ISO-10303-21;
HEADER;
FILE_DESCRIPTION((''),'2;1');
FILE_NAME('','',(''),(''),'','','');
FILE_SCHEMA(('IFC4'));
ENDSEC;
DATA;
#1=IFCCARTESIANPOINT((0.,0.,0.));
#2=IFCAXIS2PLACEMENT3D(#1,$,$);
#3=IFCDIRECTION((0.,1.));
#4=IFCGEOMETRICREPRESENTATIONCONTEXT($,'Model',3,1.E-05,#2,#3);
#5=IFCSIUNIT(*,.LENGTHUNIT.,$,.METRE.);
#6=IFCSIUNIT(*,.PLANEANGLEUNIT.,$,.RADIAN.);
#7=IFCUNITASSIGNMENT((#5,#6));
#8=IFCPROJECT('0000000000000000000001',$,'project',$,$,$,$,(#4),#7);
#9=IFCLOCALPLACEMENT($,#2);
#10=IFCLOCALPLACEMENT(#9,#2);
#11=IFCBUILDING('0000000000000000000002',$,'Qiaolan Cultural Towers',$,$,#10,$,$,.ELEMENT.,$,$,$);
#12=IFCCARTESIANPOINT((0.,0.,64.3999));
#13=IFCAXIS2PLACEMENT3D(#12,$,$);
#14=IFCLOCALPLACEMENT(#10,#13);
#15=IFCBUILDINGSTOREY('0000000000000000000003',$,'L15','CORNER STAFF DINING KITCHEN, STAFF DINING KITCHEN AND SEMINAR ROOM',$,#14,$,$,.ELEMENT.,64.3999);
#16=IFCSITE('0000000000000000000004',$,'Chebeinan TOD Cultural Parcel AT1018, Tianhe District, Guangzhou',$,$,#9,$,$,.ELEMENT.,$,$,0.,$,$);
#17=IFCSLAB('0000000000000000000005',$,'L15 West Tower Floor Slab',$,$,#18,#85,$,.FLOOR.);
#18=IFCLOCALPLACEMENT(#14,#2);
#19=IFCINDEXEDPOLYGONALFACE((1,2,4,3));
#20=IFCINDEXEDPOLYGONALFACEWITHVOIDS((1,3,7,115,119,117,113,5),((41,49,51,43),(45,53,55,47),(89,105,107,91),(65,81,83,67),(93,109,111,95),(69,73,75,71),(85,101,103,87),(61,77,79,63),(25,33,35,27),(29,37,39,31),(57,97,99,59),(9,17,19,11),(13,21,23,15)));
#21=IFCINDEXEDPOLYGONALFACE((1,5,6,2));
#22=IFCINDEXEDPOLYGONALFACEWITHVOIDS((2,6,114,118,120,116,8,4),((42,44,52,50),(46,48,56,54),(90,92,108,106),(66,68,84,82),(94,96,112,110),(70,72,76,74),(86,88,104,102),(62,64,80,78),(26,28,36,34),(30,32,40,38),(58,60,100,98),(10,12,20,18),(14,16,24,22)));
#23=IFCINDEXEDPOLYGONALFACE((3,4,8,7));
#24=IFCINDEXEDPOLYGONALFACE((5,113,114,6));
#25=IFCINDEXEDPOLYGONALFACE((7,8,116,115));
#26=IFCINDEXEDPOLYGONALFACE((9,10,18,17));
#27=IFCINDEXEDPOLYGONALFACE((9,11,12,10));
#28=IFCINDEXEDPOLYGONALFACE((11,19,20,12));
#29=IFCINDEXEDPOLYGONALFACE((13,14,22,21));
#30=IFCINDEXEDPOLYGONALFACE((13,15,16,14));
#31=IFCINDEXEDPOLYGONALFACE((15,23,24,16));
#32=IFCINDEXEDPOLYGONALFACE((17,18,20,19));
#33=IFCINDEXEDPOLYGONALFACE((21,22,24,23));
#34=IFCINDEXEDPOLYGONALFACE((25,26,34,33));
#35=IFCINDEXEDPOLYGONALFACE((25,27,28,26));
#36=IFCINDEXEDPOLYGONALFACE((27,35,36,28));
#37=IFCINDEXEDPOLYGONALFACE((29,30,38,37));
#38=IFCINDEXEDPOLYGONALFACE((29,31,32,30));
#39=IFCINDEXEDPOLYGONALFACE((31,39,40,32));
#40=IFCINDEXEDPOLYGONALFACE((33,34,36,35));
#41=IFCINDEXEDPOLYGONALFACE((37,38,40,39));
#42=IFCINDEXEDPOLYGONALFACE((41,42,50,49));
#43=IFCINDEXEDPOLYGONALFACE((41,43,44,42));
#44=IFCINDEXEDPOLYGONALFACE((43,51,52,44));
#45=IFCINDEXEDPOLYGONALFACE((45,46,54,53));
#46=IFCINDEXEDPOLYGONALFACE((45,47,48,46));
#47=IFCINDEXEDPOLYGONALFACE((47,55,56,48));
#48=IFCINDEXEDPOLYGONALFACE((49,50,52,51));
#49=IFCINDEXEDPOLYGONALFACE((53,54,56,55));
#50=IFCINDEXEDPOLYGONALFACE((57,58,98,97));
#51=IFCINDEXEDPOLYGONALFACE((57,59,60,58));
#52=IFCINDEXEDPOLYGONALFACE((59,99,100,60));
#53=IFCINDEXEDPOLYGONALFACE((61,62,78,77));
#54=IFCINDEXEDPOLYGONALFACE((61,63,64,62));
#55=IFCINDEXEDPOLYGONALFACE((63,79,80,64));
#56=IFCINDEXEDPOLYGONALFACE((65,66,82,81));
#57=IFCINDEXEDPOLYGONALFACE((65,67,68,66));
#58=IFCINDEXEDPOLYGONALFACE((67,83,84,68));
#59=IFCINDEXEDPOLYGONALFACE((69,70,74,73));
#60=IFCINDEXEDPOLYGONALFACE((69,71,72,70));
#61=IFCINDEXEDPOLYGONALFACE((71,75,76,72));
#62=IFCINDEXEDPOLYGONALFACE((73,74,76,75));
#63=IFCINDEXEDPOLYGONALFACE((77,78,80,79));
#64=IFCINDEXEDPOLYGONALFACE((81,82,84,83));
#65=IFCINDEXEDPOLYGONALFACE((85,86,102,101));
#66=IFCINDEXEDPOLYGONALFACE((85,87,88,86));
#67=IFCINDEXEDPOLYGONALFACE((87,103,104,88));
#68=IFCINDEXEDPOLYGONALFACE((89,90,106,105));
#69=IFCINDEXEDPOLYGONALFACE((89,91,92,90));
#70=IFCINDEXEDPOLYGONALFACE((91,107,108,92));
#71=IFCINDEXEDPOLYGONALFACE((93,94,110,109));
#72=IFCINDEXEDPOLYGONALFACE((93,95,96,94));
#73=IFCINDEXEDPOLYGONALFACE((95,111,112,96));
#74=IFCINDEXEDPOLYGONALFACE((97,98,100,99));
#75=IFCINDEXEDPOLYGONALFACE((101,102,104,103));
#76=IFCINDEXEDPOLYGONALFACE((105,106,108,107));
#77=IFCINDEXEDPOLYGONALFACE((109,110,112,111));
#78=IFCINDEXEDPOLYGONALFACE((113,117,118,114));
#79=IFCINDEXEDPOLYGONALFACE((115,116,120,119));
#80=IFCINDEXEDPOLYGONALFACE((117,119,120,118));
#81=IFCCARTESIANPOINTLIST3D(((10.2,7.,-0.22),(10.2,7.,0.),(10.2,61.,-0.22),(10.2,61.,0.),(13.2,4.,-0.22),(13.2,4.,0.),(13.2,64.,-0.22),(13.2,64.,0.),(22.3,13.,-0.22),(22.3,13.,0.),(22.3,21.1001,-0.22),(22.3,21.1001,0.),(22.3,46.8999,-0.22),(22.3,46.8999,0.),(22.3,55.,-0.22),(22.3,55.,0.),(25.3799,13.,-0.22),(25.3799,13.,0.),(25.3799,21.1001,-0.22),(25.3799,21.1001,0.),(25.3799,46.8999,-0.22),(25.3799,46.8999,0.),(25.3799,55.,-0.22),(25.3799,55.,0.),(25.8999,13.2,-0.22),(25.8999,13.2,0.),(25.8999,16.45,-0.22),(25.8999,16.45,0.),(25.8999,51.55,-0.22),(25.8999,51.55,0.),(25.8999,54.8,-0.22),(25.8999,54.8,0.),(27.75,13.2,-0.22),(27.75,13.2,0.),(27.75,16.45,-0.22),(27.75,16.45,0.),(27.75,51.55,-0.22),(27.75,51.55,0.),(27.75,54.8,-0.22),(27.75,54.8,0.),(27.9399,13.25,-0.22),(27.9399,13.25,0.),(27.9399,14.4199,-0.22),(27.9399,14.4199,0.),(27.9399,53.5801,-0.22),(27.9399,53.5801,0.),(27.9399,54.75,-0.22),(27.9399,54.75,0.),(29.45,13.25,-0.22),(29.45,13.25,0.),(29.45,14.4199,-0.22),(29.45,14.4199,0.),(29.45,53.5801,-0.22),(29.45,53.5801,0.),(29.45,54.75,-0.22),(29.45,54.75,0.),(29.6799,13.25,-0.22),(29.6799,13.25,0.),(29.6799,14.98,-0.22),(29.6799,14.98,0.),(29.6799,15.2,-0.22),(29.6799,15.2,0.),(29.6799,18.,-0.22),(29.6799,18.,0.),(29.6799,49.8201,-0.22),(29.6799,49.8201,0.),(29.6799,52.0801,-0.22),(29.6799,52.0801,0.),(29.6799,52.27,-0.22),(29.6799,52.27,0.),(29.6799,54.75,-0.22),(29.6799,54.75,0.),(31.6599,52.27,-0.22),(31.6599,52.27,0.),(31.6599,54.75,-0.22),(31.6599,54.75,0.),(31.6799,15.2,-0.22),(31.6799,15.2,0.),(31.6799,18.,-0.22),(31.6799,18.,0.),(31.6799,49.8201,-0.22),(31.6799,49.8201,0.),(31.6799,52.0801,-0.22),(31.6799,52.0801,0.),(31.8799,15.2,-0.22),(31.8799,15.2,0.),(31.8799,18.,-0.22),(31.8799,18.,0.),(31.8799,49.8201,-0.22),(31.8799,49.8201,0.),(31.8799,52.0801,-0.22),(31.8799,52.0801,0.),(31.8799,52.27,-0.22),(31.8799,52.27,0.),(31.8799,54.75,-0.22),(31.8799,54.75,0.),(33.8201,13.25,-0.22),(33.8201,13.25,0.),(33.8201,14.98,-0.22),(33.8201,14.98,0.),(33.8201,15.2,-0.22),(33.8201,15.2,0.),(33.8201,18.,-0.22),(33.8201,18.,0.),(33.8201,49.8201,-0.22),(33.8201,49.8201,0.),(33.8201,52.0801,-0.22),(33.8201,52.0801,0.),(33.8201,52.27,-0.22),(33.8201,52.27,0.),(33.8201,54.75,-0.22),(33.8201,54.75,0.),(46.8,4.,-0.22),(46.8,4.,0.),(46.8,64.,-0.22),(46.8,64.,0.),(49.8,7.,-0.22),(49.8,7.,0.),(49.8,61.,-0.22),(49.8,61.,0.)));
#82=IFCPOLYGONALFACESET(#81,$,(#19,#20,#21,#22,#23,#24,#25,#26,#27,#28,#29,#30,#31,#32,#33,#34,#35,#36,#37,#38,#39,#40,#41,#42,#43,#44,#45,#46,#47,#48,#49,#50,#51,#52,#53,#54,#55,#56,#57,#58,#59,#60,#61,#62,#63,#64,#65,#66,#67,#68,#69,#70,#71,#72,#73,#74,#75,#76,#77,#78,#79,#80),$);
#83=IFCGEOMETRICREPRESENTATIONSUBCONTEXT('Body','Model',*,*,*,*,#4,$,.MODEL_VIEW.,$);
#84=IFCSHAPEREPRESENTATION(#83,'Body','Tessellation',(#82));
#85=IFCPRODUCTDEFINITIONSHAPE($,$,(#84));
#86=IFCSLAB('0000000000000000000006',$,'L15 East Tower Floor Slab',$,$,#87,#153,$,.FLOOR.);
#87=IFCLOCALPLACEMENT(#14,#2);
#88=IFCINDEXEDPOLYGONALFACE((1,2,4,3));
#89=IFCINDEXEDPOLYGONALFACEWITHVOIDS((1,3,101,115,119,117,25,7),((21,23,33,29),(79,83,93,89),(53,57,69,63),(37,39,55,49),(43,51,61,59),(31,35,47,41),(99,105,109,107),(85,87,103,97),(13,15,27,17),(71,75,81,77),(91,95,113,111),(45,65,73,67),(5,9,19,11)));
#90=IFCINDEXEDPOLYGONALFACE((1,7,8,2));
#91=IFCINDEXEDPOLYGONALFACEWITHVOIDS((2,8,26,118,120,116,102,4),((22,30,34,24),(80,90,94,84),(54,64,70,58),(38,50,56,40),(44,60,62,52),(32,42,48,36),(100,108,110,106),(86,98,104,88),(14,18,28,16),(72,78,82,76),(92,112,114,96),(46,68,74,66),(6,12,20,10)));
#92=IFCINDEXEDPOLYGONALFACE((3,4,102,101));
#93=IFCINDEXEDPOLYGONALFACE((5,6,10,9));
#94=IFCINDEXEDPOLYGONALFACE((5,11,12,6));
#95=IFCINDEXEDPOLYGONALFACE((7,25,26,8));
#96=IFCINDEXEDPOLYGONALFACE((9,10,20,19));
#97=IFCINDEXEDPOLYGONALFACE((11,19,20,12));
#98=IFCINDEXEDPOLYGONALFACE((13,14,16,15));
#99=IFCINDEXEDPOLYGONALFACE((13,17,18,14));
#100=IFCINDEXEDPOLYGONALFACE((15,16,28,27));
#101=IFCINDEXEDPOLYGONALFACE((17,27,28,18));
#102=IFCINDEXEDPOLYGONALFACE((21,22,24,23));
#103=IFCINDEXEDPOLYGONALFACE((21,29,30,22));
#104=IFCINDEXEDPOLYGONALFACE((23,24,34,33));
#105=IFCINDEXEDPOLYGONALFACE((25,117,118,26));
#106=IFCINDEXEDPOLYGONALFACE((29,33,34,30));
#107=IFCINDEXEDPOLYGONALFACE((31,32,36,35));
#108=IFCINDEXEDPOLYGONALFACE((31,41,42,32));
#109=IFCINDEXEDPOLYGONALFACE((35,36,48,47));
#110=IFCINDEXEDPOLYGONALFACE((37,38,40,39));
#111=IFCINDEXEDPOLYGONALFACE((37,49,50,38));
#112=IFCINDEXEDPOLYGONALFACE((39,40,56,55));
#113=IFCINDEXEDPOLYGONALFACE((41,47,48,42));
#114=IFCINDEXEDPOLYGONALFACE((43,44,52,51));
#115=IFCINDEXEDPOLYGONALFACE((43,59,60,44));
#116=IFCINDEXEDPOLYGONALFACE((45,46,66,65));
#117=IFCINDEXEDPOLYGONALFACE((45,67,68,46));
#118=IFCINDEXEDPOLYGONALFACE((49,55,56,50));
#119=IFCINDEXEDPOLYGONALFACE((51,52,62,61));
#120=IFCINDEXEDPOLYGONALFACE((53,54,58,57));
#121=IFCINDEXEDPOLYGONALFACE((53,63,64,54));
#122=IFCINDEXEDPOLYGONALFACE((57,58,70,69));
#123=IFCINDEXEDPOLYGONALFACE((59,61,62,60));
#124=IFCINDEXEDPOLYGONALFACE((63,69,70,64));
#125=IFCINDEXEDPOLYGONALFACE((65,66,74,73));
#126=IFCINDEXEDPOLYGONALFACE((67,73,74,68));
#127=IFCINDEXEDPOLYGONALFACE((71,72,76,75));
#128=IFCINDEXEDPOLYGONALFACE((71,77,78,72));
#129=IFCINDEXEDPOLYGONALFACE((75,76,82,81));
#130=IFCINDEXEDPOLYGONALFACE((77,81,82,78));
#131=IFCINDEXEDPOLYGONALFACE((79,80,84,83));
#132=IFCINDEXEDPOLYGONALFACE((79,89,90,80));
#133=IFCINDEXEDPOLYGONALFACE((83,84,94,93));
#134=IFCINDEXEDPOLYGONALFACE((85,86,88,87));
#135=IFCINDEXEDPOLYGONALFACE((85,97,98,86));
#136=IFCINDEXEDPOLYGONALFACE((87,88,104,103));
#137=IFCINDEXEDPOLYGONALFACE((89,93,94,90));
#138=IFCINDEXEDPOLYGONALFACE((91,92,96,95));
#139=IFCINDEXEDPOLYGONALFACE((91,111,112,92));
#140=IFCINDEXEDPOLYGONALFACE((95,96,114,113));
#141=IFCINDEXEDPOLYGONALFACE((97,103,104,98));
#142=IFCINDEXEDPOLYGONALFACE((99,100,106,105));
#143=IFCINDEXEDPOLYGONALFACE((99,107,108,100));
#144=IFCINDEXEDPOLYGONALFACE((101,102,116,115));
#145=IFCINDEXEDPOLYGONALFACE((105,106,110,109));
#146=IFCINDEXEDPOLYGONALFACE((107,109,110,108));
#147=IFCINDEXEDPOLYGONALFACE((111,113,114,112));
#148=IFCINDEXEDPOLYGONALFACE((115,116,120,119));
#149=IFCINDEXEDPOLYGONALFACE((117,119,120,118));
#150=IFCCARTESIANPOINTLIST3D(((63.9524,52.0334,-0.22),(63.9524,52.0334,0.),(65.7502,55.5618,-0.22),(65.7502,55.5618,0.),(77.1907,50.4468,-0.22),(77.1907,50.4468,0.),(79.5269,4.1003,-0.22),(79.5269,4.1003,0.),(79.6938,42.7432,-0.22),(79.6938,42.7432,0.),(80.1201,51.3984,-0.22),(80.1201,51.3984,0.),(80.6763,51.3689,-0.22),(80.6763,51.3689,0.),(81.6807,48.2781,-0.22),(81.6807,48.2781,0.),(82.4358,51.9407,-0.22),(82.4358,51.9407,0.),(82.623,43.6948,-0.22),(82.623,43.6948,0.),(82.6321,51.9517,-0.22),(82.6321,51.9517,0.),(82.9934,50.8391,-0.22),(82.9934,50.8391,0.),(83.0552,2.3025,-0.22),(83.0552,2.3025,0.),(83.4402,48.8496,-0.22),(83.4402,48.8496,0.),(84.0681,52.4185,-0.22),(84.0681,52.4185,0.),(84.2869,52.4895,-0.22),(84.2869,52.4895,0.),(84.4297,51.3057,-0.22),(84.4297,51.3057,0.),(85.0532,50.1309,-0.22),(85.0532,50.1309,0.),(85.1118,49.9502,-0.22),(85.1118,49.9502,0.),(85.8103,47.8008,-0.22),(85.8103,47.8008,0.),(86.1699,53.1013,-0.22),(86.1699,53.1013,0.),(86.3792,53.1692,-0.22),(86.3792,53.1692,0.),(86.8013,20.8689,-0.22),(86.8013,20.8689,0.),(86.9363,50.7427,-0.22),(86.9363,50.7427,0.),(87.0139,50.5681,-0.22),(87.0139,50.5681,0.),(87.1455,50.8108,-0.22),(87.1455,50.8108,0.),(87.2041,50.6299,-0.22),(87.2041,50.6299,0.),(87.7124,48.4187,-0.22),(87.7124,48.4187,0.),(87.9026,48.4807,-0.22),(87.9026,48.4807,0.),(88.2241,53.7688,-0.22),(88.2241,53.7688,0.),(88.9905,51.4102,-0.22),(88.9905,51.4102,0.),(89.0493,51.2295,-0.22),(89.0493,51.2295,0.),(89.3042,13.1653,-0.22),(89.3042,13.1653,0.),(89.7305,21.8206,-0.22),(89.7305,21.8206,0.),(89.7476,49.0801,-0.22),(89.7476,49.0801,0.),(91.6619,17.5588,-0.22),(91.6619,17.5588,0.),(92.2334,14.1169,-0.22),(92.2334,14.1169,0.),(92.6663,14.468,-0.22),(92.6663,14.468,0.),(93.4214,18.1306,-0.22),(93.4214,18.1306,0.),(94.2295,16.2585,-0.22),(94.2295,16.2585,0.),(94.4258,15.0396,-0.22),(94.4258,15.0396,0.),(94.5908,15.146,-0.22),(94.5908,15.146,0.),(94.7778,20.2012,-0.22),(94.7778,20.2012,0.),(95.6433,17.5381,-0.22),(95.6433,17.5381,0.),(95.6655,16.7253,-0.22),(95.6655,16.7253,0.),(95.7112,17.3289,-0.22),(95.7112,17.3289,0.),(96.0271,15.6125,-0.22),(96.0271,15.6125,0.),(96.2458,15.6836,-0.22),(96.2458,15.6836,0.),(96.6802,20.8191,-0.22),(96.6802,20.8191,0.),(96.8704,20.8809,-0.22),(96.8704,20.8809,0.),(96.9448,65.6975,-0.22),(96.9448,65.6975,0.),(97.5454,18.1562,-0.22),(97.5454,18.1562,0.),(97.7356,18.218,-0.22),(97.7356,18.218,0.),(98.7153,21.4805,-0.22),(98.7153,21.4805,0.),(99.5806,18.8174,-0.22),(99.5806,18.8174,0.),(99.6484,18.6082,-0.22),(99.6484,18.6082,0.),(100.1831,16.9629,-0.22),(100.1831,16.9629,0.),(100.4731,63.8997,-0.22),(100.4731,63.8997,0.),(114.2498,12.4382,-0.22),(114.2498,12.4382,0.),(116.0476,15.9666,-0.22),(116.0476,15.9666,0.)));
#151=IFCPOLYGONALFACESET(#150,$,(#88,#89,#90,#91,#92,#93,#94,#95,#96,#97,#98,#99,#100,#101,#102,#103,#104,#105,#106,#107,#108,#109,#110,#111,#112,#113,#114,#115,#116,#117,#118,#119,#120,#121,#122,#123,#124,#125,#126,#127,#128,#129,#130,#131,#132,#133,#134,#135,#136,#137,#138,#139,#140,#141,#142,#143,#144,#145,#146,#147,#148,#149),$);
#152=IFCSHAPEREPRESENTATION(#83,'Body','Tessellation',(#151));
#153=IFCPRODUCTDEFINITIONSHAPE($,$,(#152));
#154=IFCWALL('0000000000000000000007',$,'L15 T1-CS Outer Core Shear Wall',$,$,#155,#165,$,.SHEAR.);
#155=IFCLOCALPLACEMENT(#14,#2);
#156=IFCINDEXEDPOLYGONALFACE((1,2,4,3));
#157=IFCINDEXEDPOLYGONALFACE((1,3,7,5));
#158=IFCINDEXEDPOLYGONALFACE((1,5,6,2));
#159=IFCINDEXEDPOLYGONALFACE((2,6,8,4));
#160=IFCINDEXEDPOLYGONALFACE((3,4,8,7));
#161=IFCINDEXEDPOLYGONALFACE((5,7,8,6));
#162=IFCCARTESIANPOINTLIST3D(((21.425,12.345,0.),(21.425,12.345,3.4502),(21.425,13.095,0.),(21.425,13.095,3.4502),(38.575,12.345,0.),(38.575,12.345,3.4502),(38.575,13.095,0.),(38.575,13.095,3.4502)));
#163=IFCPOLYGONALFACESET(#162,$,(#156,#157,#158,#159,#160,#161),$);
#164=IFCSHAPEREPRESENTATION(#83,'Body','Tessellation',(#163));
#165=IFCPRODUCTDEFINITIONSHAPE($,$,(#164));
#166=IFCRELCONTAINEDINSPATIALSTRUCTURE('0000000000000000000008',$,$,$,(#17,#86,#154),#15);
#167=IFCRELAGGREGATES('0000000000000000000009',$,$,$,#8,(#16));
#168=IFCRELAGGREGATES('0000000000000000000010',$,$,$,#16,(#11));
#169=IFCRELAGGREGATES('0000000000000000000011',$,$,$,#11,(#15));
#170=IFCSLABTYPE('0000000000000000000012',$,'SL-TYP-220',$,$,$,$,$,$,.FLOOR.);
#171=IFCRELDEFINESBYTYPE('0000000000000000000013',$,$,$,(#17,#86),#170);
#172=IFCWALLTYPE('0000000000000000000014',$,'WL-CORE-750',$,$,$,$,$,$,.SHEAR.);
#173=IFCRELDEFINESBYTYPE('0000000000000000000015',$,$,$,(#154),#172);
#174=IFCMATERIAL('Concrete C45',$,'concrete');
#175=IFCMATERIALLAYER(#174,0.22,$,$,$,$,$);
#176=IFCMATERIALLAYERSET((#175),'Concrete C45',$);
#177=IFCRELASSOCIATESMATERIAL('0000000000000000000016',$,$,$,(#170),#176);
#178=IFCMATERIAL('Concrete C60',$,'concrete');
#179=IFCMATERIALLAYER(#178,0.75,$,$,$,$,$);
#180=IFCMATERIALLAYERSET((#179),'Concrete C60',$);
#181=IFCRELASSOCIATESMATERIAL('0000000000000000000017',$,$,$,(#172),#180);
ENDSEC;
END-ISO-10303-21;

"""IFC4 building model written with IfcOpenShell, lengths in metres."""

from ifc_helpers import new_model, si_unit, direction, frame, frame_2d, origin, place, context, subcontext, project, spatial, polyline, rectangle, outline, extrude, material, layer, layer_set, type_object, element, save


model = new_model("IFC4")

# Units and contexts
model_context = context("Model", 3, precision=1e-05, world=origin(), true_north=direction((0.0, 1.0)))
body_context = subcontext(model_context, "Body", "Model", "MODEL_VIEW")
ifc_project = project(units=[si_unit("LENGTHUNIT", "METRE"), si_unit("PLANEANGLEUNIT", "RADIAN")], contexts=[model_context])

# Site, building, storey
site_placement = place(None, origin())
site = spatial("IfcSite", under=ifc_project, at=site_placement, Name="Chebeinan TOD Cultural Parcel AT1018, Tianhe District, Guangzhou", CompositionType="ELEMENT", RefElevation=0.0)
building_placement = place(site_placement, origin())
building = spatial("IfcBuilding", under=site, at=building_placement, Name="Qiaolan Cultural Towers", CompositionType="ELEMENT")
storey_placement = place(building_placement, frame((0.0, 0.0, 64.3999)))
storey = spatial("IfcBuildingStorey", under=building, at=storey_placement, Name="L15", Description="CORNER STAFF DINING KITCHEN, STAFF DINING KITCHEN AND SEMINAR ROOM", CompositionType="ELEMENT", Elevation=64.3999)

# Slabs
ifc_material_1 = material(Name="Concrete C45", Category="concrete")
ifc_layer_1 = layer(ifc_material_1, 0.22)
ifc_layer_set_1 = layer_set([ifc_layer_1], Name="Concrete C45")
slab_type_1 = type_object("IfcSlabType", Name="SL-TYP-220", PredefinedType="FLOOR", material=ifc_layer_set_1)
slab_1_placement = place(storey_placement, frame((0.0, 0.0, -0.22)))
element("IfcSlab", 1, at=slab_1_placement, inside=storey, type_object=slab_type_1, Name="L15 West Tower Floor Slab", PredefinedType="FLOOR", context=body_context, shape_type="SweptSolid", body=[
    extrude(outline(polyline([(13.2, 4.0), (46.8, 4.0), (49.8, 7.0), (49.8, 61.0), (46.8, 64.0), (13.2, 64.0), (10.2, 61.0), (10.2, 7.0), (13.2, 4.0)]), holes=[polyline([(22.3, 21.1001), (22.3, 13.0), (25.3799, 13.0), (25.3799, 21.1001), (22.3, 21.1001)]), polyline([(25.3799, 46.8999), (25.3799, 55.0), (22.3, 55.0), (22.3, 46.8999), (25.3799, 46.8999)]), polyline([(25.8999, 13.2), (27.75, 13.2), (27.75, 16.45), (25.8999, 16.45), (25.8999, 13.2)]), polyline([(27.9399, 13.25), (29.45, 13.25), (29.45, 14.4199), (27.9399, 14.4199), (27.9399, 13.25)]), polyline([(29.6799, 15.2), (31.6799, 15.2), (31.6799, 18.0), (29.6799, 18.0), (29.6799, 15.2)]), polyline([(31.8799, 15.2), (33.8201, 15.2), (33.8201, 18.0), (31.8799, 18.0), (31.8799, 15.2)]), polyline([(29.6799, 13.25), (33.8201, 13.25), (33.8201, 14.98), (29.6799, 14.98), (29.6799, 13.25)]), polyline([(25.8999, 51.55), (27.75, 51.55), (27.75, 54.8), (25.8999, 54.8), (25.8999, 51.55)]), polyline([(27.9399, 53.5801), (29.45, 53.5801), (29.45, 54.75), (27.9399, 54.75), (27.9399, 53.5801)]), polyline([(29.6799, 49.8201), (31.6799, 49.8201), (31.6799, 52.0801), (29.6799, 52.0801), (29.6799, 49.8201)]), polyline([(31.8799, 49.8201), (33.8201, 49.8201), (33.8201, 52.0801), (31.8799, 52.0801), (31.8799, 49.8201)]), polyline([(29.6799, 52.27), (31.6599, 52.27), (31.6599, 54.75), (29.6799, 54.75), (29.6799, 52.27)]), polyline([(31.8799, 52.27), (33.8201, 52.27), (33.8201, 54.75), (31.8799, 54.75), (31.8799, 52.27)])]), origin(), (0.0, 0.0, 1.0), 0.22),
])
slab_2_placement = place(storey_placement, frame((0.0, 0.0, -0.22)))
element("IfcSlab", 2, at=slab_2_placement, inside=storey, type_object=slab_type_1, Name="L15 East Tower Floor Slab", PredefinedType="FLOOR", context=body_context, shape_type="SweptSolid", body=[
    extrude(outline(polyline([(83.0552, 2.3025), (114.2498, 12.4382), (116.0476, 15.9666), (100.4731, 63.8997), (96.9448, 65.6975), (65.7502, 55.5618), (63.9524, 52.0334), (79.5269, 4.1003), (83.0552, 2.3025)]), holes=[polyline([(86.8013, 20.8689), (89.3042, 13.1653), (92.2334, 14.1169), (89.7305, 21.8206), (86.8013, 20.8689)]), polyline([(82.623, 43.6948), (80.1201, 51.3984), (77.1907, 50.4468), (79.6938, 42.7432), (82.623, 43.6948)]), polyline([(92.6663, 14.468), (94.4258, 15.0396), (93.4214, 18.1306), (91.6619, 17.5588), (92.6663, 14.468)]), polyline([(94.5908, 15.146), (96.0271, 15.6125), (95.6655, 16.7253), (94.2295, 16.2585), (94.5908, 15.146)]), polyline([(95.6433, 17.5381), (97.5454, 18.1562), (96.6802, 20.8191), (94.7778, 20.2012), (95.6433, 17.5381)]), polyline([(97.7356, 18.218), (99.5806, 18.8174), (98.7153, 21.4805), (96.8704, 20.8809), (97.7356, 18.218)]), polyline([(96.2458, 15.6836), (100.1831, 16.9629), (99.6484, 18.6082), (95.7112, 17.3289), (96.2458, 15.6836)]), polyline([(81.6807, 48.2781), (83.4402, 48.8496), (82.4358, 51.9407), (80.6763, 51.3689), (81.6807, 48.2781)]), polyline([(82.9934, 50.8391), (84.4297, 51.3057), (84.0681, 52.4185), (82.6321, 51.9517), (82.9934, 50.8391)]), polyline([(85.8103, 47.8008), (87.7124, 48.4187), (87.0139, 50.5681), (85.1118, 49.9502), (85.8103, 47.8008)]), polyline([(87.9026, 48.4807), (89.7476, 49.0801), (89.0493, 51.2295), (87.2041, 50.6299), (87.9026, 48.4807)]), polyline([(85.0532, 50.1309), (86.9363, 50.7427), (86.1699, 53.1013), (84.2869, 52.4895), (85.0532, 50.1309)]), polyline([(87.1455, 50.8108), (88.9905, 51.4102), (88.2241, 53.7688), (86.3792, 53.1692), (87.1455, 50.8108)])]), origin(), (0.0, 0.0, 1.0), 0.22),
])

# Wall
ifc_material_2 = material(Name="Concrete C60", Category="concrete")
ifc_layer_2 = layer(ifc_material_2, 0.75)
ifc_layer_set_2 = layer_set([ifc_layer_2], Name="Concrete C60")
wall_type_1 = type_object("IfcWallType", Name="WL-CORE-750", PredefinedType="SHEAR", material=ifc_layer_set_2)
wall_1_placement = place(storey_placement, frame((21.425, 12.72, 0.0), z_axis=(0.0, 0.0, 1.0), x_axis=(1.0, 0.0, 0.0)))
element("IfcWall", 3, at=wall_1_placement, inside=storey, type_object=wall_type_1, Name="L15 T1-CS Outer Core Shear Wall", PredefinedType="SHEAR", context=body_context, shape_type="SweptSolid", body=[
    extrude(rectangle(XDim=17.1499, YDim=0.75, at=frame_2d((8.575, 0.0))), origin(), (0.0, 0.0, 1.0), 3.4502),
])

save(model, "model.ifc")
